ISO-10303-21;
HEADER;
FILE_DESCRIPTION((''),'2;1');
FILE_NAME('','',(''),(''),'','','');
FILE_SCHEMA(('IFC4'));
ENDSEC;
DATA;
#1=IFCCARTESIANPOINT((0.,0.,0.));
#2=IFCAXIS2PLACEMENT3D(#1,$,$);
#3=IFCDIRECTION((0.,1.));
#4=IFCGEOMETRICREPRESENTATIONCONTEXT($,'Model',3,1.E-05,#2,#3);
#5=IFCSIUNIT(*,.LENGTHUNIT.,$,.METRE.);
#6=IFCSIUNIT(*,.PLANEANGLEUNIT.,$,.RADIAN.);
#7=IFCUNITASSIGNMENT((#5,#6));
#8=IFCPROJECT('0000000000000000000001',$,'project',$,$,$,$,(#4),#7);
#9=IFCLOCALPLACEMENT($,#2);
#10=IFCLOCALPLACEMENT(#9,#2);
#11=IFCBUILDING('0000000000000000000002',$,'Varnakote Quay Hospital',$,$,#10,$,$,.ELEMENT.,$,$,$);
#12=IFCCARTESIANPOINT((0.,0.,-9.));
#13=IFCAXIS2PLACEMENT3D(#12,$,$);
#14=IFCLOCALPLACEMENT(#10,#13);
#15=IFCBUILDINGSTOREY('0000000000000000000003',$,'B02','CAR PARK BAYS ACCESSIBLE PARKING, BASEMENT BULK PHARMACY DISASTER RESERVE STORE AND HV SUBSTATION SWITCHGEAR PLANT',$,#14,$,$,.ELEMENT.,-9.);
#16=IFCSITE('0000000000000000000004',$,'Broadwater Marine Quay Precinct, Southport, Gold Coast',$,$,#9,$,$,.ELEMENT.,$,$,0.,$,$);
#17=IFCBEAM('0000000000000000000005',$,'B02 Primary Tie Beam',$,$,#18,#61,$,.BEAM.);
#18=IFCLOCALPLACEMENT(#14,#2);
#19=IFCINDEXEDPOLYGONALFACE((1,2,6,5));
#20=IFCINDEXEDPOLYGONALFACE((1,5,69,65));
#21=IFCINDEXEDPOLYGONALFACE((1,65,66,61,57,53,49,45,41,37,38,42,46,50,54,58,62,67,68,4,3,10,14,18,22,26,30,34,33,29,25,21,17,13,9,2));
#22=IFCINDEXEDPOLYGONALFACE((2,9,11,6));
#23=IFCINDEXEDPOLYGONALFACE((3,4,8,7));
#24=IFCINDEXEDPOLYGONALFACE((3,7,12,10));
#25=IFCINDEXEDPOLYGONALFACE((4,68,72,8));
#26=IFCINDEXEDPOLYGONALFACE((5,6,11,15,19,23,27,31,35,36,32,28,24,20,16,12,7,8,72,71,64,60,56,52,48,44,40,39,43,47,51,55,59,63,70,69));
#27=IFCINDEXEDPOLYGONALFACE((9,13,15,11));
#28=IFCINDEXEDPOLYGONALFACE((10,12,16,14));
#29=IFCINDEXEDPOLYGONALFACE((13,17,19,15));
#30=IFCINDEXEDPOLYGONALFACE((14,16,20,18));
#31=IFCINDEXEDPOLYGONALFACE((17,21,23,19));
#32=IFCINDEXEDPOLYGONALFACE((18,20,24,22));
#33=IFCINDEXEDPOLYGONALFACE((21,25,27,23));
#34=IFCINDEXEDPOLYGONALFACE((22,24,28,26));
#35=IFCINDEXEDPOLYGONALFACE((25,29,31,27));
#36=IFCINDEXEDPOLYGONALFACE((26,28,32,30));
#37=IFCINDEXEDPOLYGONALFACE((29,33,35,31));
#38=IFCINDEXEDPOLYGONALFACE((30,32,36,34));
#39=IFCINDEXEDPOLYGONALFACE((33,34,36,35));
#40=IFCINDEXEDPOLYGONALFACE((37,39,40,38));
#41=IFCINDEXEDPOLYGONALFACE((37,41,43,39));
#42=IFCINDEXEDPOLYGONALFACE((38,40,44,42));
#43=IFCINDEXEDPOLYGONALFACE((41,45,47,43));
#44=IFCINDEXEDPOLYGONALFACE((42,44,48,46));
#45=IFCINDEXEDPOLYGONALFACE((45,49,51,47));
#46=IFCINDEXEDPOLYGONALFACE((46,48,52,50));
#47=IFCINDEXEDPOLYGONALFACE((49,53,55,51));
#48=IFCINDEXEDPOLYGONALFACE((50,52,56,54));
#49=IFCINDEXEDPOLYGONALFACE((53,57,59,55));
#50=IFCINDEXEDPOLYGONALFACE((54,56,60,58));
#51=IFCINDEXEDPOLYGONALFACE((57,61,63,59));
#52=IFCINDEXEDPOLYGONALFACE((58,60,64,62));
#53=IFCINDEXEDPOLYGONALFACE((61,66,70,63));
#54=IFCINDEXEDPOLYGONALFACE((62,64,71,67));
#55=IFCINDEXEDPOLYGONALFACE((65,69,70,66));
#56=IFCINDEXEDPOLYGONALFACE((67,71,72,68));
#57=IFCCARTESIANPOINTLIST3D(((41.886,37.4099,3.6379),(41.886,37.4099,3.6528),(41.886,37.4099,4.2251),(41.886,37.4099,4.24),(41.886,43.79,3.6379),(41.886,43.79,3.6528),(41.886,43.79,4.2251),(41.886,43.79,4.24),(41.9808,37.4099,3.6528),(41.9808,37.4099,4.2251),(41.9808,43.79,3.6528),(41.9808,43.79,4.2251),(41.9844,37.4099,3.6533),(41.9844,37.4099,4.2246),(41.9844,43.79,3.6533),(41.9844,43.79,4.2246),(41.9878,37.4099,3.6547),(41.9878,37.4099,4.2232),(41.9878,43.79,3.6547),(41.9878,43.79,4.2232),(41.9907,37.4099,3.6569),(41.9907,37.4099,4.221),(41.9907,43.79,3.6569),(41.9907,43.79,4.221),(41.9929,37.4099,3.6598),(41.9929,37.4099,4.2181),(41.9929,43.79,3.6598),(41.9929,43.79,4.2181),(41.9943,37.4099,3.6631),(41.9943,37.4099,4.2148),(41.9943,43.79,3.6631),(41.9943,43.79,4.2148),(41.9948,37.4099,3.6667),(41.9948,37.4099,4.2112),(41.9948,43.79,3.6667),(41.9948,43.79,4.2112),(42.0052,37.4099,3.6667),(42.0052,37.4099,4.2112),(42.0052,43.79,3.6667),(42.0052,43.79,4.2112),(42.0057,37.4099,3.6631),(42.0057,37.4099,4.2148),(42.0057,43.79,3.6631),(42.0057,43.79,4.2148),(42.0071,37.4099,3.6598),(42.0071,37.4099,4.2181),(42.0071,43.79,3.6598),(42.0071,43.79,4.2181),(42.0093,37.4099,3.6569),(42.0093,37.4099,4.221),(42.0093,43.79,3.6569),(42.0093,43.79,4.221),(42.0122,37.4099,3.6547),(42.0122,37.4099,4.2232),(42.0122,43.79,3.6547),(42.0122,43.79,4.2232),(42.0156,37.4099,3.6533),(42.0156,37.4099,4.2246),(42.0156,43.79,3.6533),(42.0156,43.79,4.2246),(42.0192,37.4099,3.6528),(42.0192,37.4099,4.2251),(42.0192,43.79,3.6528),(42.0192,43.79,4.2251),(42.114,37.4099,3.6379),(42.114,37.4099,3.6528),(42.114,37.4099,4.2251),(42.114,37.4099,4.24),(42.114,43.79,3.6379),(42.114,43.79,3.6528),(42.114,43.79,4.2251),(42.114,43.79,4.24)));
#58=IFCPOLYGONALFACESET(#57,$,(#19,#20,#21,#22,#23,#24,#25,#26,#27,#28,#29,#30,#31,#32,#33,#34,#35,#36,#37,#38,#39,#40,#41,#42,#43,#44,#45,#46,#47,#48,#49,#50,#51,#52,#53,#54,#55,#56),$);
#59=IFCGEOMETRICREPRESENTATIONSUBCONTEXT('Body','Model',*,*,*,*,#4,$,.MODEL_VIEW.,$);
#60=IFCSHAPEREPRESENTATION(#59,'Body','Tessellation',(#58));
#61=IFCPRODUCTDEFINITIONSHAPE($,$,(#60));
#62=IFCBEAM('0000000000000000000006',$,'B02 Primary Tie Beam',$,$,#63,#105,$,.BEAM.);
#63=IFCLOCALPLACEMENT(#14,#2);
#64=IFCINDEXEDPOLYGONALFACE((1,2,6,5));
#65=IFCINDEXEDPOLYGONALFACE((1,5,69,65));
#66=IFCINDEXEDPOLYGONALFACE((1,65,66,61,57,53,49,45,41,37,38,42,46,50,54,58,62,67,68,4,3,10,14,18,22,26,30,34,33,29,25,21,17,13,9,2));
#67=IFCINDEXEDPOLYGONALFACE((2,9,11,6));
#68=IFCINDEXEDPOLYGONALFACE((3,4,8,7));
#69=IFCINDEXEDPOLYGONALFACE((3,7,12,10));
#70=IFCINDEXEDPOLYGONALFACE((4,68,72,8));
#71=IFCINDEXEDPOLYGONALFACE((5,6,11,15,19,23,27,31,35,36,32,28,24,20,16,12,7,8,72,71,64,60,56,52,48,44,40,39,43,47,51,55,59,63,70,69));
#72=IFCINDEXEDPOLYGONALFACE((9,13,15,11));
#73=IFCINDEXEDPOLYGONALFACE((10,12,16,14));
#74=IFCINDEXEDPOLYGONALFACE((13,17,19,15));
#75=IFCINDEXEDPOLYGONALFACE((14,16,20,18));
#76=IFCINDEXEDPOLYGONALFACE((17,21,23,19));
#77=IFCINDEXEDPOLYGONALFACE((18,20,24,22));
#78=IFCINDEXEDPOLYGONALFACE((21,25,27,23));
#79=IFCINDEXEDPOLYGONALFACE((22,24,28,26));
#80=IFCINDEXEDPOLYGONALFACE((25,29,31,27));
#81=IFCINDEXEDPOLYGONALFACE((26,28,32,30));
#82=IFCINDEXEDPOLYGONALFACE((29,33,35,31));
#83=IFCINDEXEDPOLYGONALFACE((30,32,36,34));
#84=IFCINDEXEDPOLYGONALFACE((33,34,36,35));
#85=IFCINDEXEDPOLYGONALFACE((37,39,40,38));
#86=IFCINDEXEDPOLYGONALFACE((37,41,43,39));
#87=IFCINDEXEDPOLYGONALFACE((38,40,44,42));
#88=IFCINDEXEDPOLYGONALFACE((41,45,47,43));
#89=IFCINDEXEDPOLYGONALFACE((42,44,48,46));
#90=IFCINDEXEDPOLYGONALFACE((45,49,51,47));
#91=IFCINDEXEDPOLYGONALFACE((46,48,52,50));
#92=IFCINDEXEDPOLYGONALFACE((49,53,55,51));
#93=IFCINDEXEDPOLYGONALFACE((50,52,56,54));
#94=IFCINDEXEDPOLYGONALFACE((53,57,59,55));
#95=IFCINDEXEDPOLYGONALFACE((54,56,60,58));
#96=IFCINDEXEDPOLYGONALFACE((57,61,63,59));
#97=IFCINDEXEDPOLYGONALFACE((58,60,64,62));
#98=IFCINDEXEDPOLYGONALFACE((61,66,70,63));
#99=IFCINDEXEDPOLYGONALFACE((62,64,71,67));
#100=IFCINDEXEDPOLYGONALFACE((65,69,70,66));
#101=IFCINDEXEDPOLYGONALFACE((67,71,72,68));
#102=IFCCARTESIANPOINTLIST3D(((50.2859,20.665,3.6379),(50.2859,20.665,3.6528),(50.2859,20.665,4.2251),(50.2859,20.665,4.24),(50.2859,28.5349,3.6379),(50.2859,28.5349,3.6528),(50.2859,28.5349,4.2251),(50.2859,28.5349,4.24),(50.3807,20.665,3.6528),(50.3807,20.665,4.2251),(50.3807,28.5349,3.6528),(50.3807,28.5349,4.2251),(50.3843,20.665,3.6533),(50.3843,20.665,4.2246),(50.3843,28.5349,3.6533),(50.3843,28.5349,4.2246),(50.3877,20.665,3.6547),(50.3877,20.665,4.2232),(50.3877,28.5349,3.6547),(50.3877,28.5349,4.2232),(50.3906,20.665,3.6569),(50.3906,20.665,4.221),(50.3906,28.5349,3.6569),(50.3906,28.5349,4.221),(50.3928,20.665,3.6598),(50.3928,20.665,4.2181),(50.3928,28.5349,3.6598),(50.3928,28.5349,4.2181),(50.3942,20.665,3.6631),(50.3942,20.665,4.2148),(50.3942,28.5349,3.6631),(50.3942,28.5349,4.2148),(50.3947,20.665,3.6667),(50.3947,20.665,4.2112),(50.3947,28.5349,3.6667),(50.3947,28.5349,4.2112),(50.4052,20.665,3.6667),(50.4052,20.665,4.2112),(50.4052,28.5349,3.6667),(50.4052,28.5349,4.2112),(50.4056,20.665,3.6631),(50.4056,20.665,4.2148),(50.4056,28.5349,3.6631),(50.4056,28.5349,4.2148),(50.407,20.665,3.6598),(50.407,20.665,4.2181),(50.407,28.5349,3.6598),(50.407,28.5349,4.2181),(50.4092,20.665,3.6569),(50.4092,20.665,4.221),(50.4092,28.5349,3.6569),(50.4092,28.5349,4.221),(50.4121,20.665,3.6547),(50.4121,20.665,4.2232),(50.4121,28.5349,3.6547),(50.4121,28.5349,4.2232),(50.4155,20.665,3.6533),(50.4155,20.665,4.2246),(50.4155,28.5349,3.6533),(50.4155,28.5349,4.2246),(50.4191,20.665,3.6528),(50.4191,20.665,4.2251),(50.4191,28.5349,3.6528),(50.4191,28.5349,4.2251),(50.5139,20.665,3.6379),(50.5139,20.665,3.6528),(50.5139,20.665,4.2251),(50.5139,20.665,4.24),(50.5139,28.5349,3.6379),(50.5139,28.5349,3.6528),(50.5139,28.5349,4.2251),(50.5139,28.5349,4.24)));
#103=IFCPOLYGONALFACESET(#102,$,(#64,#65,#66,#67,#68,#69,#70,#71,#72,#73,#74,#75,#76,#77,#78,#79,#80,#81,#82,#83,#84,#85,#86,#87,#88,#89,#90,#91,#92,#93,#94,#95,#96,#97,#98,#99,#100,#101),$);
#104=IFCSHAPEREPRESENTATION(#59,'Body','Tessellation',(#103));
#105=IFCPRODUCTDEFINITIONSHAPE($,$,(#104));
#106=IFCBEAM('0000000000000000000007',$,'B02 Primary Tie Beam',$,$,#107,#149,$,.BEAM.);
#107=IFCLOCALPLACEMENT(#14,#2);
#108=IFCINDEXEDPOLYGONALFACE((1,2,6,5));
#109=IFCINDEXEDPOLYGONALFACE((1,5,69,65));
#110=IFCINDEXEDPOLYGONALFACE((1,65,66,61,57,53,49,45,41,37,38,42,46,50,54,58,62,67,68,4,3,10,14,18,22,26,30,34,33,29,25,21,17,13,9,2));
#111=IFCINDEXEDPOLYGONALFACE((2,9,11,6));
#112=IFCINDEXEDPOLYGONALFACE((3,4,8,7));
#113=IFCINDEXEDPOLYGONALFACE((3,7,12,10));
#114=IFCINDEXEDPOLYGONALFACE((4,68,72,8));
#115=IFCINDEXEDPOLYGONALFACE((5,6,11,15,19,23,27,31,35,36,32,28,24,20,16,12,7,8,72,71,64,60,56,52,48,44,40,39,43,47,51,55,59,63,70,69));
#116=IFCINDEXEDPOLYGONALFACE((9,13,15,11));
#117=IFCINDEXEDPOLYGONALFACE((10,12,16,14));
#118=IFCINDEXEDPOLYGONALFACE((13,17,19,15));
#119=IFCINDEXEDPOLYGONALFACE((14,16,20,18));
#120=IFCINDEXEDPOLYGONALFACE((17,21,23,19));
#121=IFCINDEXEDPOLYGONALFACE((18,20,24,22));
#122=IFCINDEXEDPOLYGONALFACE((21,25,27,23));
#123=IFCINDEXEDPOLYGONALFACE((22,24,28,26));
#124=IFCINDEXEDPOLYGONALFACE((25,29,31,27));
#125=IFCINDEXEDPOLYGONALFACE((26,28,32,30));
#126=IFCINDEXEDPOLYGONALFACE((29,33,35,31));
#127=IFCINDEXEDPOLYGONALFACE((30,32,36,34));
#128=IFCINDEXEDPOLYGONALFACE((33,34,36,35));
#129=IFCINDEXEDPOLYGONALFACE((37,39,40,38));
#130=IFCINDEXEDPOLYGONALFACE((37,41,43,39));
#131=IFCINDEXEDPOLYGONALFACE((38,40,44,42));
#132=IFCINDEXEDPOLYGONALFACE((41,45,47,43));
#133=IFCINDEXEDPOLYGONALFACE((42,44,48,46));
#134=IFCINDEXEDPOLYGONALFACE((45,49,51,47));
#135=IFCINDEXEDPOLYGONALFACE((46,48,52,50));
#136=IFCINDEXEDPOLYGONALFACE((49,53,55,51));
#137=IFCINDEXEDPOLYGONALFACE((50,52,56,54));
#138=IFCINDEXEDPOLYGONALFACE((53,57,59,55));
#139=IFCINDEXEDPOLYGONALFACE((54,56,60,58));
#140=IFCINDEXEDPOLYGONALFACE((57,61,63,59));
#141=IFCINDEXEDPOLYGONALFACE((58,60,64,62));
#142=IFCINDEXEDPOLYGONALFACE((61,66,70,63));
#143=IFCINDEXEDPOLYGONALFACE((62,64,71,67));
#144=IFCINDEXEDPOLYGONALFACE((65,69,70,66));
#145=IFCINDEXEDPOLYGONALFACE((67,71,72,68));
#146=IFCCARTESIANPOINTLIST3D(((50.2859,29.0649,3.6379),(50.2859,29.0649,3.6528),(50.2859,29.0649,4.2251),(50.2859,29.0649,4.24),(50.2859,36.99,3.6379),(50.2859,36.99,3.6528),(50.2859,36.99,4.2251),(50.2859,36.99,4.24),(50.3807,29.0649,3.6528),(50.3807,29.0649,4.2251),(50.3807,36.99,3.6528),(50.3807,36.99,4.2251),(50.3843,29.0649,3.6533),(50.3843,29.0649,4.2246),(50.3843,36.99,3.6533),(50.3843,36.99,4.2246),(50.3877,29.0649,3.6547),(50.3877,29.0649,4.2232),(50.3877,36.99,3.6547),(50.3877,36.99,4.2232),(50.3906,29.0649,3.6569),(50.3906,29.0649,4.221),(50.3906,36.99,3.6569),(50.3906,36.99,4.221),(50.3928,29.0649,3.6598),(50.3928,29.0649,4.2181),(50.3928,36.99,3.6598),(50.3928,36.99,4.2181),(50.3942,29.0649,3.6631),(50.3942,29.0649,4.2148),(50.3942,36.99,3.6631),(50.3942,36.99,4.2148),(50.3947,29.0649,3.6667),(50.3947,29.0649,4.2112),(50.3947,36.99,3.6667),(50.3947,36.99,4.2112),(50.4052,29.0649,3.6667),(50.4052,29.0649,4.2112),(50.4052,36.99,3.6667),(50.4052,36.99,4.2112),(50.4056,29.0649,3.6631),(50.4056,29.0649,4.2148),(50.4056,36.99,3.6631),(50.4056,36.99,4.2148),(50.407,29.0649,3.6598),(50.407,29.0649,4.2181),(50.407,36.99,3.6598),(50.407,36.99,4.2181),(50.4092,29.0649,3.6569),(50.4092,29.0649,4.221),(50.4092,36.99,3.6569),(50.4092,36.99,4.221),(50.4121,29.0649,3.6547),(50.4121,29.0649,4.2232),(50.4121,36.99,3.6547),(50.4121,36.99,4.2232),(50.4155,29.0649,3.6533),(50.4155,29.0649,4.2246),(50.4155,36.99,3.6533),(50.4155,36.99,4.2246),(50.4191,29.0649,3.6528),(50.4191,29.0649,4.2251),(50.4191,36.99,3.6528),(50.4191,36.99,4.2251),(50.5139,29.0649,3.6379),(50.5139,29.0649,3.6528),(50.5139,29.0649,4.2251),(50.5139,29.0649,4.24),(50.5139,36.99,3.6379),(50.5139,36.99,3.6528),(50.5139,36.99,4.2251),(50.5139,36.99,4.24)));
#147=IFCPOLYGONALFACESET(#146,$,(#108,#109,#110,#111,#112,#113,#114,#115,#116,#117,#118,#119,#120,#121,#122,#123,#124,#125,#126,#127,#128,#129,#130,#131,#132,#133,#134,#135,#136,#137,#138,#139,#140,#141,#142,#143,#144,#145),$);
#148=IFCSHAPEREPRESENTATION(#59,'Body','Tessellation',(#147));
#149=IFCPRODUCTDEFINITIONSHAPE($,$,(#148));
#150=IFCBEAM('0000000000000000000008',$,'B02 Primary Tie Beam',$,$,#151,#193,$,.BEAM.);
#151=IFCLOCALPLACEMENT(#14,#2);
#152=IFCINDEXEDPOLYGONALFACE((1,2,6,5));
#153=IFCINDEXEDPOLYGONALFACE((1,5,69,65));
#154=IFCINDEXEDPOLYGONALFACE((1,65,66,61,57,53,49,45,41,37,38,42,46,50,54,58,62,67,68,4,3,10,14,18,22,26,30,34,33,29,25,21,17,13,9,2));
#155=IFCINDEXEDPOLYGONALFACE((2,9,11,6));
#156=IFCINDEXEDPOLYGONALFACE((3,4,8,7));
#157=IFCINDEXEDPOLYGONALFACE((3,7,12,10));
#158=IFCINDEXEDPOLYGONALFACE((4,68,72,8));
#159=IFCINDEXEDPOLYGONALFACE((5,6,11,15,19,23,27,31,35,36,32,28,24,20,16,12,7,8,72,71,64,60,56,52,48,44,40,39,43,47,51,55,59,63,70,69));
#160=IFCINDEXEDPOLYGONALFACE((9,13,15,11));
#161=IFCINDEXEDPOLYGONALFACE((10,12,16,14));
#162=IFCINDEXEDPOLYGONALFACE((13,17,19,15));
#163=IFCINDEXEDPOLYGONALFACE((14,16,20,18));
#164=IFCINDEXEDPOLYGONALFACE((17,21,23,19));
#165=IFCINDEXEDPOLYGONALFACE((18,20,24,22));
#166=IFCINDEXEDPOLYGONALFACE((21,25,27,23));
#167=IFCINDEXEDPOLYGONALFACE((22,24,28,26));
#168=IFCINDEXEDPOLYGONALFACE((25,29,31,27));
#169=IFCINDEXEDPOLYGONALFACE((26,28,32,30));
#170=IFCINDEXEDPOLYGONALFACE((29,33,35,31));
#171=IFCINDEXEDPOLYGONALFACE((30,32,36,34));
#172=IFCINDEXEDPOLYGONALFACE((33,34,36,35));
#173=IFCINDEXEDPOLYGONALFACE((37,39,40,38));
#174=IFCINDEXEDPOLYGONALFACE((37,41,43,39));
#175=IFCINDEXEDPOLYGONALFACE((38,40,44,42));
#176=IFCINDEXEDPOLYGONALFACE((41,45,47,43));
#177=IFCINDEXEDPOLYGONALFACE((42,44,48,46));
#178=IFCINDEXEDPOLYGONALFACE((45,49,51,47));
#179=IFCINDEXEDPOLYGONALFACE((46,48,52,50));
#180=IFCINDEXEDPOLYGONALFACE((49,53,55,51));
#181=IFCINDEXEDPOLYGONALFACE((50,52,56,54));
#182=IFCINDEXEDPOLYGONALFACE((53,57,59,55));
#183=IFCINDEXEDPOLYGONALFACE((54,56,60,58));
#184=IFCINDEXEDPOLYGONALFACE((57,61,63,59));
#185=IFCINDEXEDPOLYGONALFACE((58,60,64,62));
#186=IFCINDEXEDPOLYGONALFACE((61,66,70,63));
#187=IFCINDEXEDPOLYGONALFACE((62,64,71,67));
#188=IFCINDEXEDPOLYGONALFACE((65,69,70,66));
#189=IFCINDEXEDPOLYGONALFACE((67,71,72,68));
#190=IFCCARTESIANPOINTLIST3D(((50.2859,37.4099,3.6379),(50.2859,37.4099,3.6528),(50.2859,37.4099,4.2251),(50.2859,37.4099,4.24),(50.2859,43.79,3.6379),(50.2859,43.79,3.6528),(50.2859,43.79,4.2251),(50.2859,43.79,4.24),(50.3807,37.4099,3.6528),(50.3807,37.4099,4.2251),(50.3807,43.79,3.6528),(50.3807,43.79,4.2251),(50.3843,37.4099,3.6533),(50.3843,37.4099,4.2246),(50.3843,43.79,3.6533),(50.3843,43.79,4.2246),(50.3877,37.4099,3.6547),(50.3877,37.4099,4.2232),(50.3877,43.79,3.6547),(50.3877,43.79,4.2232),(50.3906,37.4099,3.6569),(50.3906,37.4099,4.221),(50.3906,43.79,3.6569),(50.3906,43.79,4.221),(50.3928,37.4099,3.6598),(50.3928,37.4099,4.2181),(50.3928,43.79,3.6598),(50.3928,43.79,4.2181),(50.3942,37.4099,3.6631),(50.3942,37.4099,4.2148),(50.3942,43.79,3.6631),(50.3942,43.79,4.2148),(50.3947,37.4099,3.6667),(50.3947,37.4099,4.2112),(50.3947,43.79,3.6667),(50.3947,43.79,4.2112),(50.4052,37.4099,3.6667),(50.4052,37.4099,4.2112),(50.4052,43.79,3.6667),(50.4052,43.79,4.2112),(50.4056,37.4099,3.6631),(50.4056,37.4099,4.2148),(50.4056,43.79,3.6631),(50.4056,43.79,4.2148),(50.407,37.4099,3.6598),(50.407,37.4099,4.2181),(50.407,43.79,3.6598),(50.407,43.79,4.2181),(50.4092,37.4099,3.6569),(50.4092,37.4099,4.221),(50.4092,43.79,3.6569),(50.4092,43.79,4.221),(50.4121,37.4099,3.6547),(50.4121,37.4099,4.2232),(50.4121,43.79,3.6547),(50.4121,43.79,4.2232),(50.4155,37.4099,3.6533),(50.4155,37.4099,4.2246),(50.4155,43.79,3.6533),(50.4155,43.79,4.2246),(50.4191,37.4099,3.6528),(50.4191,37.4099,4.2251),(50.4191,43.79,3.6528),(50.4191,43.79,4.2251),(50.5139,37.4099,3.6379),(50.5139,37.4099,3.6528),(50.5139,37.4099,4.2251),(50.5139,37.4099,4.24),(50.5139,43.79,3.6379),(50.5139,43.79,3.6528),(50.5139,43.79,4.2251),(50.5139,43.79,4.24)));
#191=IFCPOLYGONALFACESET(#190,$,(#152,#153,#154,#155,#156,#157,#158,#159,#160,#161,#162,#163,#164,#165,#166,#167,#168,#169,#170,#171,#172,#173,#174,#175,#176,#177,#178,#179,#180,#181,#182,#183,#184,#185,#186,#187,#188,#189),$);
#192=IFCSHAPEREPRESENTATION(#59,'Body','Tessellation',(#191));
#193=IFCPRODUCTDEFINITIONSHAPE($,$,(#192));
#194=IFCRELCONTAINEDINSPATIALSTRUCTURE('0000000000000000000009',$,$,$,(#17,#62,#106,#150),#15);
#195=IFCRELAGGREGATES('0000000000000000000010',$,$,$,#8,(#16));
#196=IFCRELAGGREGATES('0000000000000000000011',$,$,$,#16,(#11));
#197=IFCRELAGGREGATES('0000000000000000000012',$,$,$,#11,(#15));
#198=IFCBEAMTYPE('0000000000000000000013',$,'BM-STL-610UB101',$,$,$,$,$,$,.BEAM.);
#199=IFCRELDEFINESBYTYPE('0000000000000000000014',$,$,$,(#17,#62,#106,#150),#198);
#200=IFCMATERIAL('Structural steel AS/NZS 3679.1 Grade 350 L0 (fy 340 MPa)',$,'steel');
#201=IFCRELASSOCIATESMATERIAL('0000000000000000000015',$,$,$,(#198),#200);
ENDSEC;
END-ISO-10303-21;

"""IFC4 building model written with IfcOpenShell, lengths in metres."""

from ifc_helpers import new_model, si_unit, direction, frame, origin, origin_2d, place, context, subcontext, project, spatial, i_section, extrude, material, material_profile, profile_set, type_object, element, save


model = new_model("IFC4")

# Units and contexts
model_context = context("Model", 3, precision=1e-05, world=origin(), true_north=direction((0.0, 1.0)))
body_context = subcontext(model_context, "Body", "Model", "MODEL_VIEW")
ifc_project = project(units=[si_unit("LENGTHUNIT", "METRE"), si_unit("PLANEANGLEUNIT", "RADIAN")], contexts=[model_context])

# Site, building, storey
site_placement = place(None, origin())
site = spatial("IfcSite", under=ifc_project, at=site_placement, Name="Broadwater Marine Quay Precinct, Southport, Gold Coast", CompositionType="ELEMENT", RefElevation=0.0)
building_placement = place(site_placement, origin())
building = spatial("IfcBuilding", under=site, at=building_placement, Name="Varnakote Quay Hospital", CompositionType="ELEMENT")
storey_placement = place(building_placement, frame((0.0, 0.0, -9.0)))
storey = spatial("IfcBuildingStorey", under=building, at=storey_placement, Name="B02", Description="CAR PARK BAYS ACCESSIBLE PARKING, BASEMENT BULK PHARMACY DISASTER RESERVE STORE AND HV SUBSTATION SWITCHGEAR PLANT", CompositionType="ELEMENT", Elevation=-9.0)

# Beams
ifc_material_1 = material(Name="Structural steel AS/NZS 3679.1 Grade 350 L0 (fy 340 MPa)", Category="steel")
ifc_material_profile_1 = material_profile(ifc_material_1, i_section(OverallWidth=0.228, OverallDepth=0.6021, WebThickness=0.0105, FlangeThickness=0.0149, FilletRadius=0.0139, at=origin_2d()), Name="610UB101")
ifc_profile_set_1 = profile_set([ifc_material_profile_1], Name="Structural steel AS/NZS 3679.1 Grade 350 L0 (fy 340 MPa)")
beam_type_1 = type_object("IfcBeamType", Name="BM-STL-610UB101", PredefinedType="BEAM", material=ifc_profile_set_1)
beam_1_placement = place(storey_placement, frame((42.0, 37.4099, 3.939), z_axis=(0.0, 1.0, 0.0), x_axis=(-1.0, 0.0, 0.0)))
element("IfcBeam", 1, at=beam_1_placement, inside=storey, type_object=beam_type_1, Name="B02 Primary Tie Beam", PredefinedType="BEAM", context=body_context, shape_type="SweptSolid", body=[
    extrude(i_section(OverallWidth=0.228, OverallDepth=0.6021, WebThickness=0.0105, FlangeThickness=0.0149, FilletRadius=0.0139, at=origin_2d()), origin(), (0.0, 0.0, 1.0), 6.3801),
])
beam_2_placement = place(storey_placement, frame((50.3999, 20.665, 3.939), z_axis=(0.0, 1.0, 0.0), x_axis=(-1.0, 0.0, 0.0)))
element("IfcBeam", 2, at=beam_2_placement, inside=storey, type_object=beam_type_1, Name="B02 Primary Tie Beam", PredefinedType="BEAM", context=body_context, shape_type="SweptSolid", body=[
    extrude(i_section(OverallWidth=0.228, OverallDepth=0.6021, WebThickness=0.0105, FlangeThickness=0.0149, FilletRadius=0.0139, at=origin_2d()), origin(), (0.0, 0.0, 1.0), 7.8699),
])
beam_3_placement = place(storey_placement, frame((50.3999, 29.0649, 3.939), z_axis=(0.0, 1.0, 0.0), x_axis=(-1.0, 0.0, 0.0)))
element("IfcBeam", 3, at=beam_3_placement, inside=storey, type_object=beam_type_1, Name="B02 Primary Tie Beam", PredefinedType="BEAM", context=body_context, shape_type="SweptSolid", body=[
    extrude(i_section(OverallWidth=0.228, OverallDepth=0.6021, WebThickness=0.0105, FlangeThickness=0.0149, FilletRadius=0.0139, at=origin_2d()), origin(), (0.0, 0.0, 1.0), 7.925),
])
beam_4_placement = place(storey_placement, frame((50.3999, 37.4099, 3.939), z_axis=(0.0, 1.0, 0.0), x_axis=(-1.0, 0.0, 0.0)))
element("IfcBeam", 4, at=beam_4_placement, inside=storey, type_object=beam_type_1, Name="B02 Primary Tie Beam", PredefinedType="BEAM", context=body_context, shape_type="SweptSolid", body=[
    extrude(i_section(OverallWidth=0.228, OverallDepth=0.6021, WebThickness=0.0105, FlangeThickness=0.0149, FilletRadius=0.0139, at=origin_2d()), origin(), (0.0, 0.0, 1.0), 6.3801),
])

save(model, "model.ifc")
